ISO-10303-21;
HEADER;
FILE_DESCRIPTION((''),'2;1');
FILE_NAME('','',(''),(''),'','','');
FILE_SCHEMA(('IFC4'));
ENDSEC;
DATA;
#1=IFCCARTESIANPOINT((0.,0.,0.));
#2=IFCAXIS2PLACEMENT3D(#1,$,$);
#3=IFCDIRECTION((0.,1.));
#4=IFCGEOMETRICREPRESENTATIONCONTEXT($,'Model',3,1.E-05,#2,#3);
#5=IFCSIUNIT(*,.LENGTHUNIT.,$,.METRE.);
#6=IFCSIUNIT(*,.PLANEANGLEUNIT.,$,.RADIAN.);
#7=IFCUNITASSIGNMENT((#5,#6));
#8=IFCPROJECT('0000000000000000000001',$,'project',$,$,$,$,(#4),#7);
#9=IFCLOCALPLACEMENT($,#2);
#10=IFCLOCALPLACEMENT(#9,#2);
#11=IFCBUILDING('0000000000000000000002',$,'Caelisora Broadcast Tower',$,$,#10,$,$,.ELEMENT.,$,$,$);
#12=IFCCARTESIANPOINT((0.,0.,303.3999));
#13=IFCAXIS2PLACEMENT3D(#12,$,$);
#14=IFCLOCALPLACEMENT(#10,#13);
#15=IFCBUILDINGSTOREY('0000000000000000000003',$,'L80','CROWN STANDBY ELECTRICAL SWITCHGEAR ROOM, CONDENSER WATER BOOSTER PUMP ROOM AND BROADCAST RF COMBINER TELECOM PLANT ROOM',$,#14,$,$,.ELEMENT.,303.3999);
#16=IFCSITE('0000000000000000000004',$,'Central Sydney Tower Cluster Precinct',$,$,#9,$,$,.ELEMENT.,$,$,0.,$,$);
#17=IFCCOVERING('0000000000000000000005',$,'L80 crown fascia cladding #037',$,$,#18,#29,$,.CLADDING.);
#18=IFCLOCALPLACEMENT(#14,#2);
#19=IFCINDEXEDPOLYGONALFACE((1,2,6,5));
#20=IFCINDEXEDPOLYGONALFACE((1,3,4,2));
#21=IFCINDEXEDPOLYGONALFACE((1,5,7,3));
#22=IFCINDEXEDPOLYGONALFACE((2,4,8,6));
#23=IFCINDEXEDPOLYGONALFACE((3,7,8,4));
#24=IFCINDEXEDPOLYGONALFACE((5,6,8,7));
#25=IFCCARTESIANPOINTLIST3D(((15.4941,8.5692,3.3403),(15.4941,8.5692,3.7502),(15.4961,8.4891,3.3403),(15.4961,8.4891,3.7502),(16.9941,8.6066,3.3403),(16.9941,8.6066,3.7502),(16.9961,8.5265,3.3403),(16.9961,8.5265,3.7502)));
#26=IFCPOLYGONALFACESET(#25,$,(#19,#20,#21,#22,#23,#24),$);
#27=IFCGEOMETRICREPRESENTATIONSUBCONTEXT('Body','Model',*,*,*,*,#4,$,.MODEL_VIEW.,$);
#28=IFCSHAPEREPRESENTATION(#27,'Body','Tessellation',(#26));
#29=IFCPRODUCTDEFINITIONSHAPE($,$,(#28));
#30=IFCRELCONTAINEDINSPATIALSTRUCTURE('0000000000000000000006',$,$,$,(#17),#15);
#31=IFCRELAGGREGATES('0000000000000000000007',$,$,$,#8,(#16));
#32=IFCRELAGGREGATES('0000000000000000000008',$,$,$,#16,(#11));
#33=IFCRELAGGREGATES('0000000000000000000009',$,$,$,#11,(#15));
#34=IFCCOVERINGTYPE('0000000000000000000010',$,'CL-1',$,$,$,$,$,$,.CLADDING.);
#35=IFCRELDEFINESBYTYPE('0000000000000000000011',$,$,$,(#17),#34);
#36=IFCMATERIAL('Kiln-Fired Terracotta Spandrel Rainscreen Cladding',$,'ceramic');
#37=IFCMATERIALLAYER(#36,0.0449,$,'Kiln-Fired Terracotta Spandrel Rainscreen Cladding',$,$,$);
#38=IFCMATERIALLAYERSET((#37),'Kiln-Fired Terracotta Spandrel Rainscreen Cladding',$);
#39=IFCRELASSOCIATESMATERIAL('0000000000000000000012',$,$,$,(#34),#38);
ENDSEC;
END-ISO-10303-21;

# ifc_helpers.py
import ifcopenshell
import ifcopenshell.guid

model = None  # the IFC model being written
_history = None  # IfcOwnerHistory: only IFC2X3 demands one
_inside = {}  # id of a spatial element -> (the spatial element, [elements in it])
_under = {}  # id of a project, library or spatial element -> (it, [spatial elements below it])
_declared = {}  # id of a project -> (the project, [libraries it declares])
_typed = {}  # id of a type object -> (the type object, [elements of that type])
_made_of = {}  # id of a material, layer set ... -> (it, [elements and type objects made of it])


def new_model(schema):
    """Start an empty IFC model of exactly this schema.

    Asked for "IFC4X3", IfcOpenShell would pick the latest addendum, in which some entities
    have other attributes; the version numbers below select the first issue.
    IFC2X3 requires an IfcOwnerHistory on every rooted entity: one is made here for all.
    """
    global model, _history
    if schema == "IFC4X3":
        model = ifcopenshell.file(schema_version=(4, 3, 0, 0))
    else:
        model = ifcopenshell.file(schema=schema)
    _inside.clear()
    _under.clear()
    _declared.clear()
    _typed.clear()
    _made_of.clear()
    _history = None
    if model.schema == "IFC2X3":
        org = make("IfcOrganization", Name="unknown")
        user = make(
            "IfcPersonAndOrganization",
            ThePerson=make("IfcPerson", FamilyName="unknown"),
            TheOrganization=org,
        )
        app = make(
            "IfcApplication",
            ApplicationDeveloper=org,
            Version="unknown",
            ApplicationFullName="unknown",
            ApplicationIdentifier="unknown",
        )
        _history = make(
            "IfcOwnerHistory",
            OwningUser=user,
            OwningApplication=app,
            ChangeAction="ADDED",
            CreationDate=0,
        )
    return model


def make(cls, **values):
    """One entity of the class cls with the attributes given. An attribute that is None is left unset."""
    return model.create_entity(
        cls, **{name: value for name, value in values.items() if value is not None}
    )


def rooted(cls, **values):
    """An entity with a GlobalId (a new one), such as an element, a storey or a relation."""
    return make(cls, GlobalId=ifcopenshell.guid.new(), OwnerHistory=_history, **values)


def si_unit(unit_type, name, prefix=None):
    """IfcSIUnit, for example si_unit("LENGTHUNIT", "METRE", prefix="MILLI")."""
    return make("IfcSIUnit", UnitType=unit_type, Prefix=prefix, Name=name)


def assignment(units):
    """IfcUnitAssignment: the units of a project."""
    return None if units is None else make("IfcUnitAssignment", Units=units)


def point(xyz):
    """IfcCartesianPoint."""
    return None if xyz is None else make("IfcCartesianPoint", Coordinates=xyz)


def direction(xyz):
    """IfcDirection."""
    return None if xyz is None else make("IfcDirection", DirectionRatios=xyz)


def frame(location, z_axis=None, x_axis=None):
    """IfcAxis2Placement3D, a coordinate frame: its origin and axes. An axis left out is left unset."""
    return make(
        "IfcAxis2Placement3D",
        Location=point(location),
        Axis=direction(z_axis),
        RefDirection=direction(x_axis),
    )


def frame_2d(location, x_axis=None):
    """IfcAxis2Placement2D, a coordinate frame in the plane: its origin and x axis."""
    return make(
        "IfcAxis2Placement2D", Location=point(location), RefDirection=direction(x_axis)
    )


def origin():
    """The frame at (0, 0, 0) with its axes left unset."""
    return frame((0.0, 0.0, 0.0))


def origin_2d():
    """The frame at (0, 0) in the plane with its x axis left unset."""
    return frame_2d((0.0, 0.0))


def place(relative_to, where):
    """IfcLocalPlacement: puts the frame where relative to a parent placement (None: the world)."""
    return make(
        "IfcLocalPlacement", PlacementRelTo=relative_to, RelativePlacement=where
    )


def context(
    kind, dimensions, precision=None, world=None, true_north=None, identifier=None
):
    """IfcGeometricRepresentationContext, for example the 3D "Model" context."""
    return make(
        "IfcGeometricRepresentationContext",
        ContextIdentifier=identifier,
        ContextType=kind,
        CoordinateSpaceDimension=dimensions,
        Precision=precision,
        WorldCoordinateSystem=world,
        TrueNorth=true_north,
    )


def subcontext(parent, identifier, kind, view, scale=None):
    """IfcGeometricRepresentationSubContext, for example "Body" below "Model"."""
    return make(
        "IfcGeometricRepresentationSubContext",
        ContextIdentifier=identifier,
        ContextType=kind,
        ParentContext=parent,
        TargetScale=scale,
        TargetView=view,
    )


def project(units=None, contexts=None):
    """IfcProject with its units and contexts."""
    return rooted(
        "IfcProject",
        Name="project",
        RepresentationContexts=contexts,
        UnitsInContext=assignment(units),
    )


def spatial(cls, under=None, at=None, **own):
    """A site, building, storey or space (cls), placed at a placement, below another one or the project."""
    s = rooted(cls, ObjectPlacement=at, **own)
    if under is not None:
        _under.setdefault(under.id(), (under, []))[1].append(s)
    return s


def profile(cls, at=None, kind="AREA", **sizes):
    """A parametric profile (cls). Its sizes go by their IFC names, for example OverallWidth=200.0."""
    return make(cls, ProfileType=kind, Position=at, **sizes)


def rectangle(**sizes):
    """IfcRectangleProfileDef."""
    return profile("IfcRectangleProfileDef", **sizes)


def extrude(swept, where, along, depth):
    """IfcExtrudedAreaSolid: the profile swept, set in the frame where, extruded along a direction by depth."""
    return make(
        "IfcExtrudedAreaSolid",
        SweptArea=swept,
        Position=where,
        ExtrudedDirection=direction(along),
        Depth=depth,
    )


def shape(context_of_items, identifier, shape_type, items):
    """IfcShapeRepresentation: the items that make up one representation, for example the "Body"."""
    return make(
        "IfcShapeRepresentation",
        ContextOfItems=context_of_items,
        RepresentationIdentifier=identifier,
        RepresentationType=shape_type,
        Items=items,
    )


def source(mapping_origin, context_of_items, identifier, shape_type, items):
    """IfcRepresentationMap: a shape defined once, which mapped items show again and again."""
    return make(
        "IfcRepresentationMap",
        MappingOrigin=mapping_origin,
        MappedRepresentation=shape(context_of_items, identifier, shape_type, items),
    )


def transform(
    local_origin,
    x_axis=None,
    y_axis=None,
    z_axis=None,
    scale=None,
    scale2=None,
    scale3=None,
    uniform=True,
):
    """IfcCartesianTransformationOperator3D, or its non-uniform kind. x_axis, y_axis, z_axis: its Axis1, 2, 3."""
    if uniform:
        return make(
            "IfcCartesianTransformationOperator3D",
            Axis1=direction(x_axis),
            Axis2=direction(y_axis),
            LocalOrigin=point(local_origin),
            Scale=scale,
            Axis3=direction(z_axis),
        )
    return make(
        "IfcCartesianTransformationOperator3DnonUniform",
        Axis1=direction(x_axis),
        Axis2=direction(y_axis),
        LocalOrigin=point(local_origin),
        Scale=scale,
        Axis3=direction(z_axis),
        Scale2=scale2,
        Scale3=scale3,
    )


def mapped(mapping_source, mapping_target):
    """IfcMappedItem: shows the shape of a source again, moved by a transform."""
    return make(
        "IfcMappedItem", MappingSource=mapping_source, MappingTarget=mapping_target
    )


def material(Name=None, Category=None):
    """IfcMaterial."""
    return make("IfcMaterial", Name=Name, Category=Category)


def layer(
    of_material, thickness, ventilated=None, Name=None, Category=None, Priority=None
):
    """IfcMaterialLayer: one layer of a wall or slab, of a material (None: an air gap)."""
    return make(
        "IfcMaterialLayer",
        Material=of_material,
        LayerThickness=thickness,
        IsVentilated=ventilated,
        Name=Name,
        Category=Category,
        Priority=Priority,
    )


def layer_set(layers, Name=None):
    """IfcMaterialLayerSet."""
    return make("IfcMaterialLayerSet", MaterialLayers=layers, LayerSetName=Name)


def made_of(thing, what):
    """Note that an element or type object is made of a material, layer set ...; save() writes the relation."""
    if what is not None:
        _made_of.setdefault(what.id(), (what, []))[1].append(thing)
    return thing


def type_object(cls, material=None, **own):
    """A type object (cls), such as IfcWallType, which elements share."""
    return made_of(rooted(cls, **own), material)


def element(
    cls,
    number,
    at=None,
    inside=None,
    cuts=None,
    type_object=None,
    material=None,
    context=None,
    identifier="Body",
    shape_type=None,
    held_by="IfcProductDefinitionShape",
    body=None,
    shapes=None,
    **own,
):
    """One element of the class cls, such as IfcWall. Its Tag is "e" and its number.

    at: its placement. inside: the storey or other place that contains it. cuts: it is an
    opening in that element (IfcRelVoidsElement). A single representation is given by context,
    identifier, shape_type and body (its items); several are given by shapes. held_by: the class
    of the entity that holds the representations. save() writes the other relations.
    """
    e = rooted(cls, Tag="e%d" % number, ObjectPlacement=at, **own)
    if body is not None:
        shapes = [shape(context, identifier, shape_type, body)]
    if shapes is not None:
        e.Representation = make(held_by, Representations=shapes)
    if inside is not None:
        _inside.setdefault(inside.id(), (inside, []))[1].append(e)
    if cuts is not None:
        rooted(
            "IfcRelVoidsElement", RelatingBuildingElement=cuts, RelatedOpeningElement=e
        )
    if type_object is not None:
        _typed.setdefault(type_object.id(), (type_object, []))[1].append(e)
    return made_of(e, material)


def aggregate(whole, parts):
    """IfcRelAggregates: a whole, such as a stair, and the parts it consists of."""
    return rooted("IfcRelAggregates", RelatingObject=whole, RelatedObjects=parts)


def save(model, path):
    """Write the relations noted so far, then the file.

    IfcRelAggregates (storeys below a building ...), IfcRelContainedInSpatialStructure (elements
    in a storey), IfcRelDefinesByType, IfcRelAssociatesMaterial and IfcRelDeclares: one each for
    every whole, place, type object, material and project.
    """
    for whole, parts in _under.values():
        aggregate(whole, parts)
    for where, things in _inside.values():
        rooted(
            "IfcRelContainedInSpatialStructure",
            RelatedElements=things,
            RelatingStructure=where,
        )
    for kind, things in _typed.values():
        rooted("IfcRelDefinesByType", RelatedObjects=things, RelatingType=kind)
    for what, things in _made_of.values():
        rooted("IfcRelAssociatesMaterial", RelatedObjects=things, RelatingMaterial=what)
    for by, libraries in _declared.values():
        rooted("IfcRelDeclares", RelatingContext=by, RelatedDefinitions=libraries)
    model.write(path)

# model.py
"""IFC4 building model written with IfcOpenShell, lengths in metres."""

from ifc_helpers import new_model, si_unit, direction, frame, origin, origin_2d, place, context, subcontext, project, spatial, rectangle, extrude, source, transform, mapped, material, layer, layer_set, type_object, element, save


model = new_model("IFC4")

# Units and contexts
model_context = context("Model", 3, precision=1e-05, world=origin(), true_north=direction((0.0, 1.0)))
body_context = subcontext(model_context, "Body", "Model", "MODEL_VIEW")
ifc_project = project(units=[si_unit("LENGTHUNIT", "METRE"), si_unit("PLANEANGLEUNIT", "RADIAN")], contexts=[model_context])

# Site, building, storey
site_placement = place(None, origin())
site = spatial("IfcSite", under=ifc_project, at=site_placement, Name="Central Sydney Tower Cluster Precinct", CompositionType="ELEMENT", RefElevation=0.0)
building_placement = place(site_placement, origin())
building = spatial("IfcBuilding", under=site, at=building_placement, Name="Caelisora Broadcast Tower", CompositionType="ELEMENT")
storey_placement = place(building_placement, frame((0.0, 0.0, 303.3999)))
storey = spatial("IfcBuildingStorey", under=building, at=storey_placement, Name="L80", Description="CROWN STANDBY ELECTRICAL SWITCHGEAR ROOM, CONDENSER WATER BOOSTER PUMP ROOM AND BROADCAST RF COMBINER TELECOM PLANT ROOM", CompositionType="ELEMENT", Elevation=303.3999)

# Shared definitions
ifc_material_1 = material(Name="Kiln-Fired Terracotta Spandrel Rainscreen Cladding", Category="ceramic")
ifc_layer_1 = layer(ifc_material_1, 0.0449, Name="Kiln-Fired Terracotta Spandrel Rainscreen Cladding")
ifc_layer_set_1 = layer_set([ifc_layer_1], Name="Kiln-Fired Terracotta Spandrel Rainscreen Cladding")
covering_type = type_object("IfcCoveringType", Name="CL-1", PredefinedType="CLADDING", material=ifc_layer_set_1)

# Covering
shared_shape_1 = source(origin(), body_context, "Body", "SweptSolid", [
    extrude(rectangle(XDim=1.5005, YDim=0.0801, at=origin_2d()), origin(), (0.0, 0.0, 1.0), 0.4099),
])
covering_1_placement = place(storey_placement, frame((16.2451, 8.5479, 3.3403), z_axis=(0.0, 0.0, 1.0), x_axis=(0.999689, 0.024956, 0.0)))
element("IfcCovering", 1, at=covering_1_placement, inside=storey, type_object=covering_type, Name="L80 crown fascia cladding #037", PredefinedType="CLADDING", context=body_context, shape_type="MappedRepresentation", body=[
    mapped(shared_shape_1, transform((0.0, 0.0, 0.0), scale=1.0)),
])

save(model, "model.ifc")
